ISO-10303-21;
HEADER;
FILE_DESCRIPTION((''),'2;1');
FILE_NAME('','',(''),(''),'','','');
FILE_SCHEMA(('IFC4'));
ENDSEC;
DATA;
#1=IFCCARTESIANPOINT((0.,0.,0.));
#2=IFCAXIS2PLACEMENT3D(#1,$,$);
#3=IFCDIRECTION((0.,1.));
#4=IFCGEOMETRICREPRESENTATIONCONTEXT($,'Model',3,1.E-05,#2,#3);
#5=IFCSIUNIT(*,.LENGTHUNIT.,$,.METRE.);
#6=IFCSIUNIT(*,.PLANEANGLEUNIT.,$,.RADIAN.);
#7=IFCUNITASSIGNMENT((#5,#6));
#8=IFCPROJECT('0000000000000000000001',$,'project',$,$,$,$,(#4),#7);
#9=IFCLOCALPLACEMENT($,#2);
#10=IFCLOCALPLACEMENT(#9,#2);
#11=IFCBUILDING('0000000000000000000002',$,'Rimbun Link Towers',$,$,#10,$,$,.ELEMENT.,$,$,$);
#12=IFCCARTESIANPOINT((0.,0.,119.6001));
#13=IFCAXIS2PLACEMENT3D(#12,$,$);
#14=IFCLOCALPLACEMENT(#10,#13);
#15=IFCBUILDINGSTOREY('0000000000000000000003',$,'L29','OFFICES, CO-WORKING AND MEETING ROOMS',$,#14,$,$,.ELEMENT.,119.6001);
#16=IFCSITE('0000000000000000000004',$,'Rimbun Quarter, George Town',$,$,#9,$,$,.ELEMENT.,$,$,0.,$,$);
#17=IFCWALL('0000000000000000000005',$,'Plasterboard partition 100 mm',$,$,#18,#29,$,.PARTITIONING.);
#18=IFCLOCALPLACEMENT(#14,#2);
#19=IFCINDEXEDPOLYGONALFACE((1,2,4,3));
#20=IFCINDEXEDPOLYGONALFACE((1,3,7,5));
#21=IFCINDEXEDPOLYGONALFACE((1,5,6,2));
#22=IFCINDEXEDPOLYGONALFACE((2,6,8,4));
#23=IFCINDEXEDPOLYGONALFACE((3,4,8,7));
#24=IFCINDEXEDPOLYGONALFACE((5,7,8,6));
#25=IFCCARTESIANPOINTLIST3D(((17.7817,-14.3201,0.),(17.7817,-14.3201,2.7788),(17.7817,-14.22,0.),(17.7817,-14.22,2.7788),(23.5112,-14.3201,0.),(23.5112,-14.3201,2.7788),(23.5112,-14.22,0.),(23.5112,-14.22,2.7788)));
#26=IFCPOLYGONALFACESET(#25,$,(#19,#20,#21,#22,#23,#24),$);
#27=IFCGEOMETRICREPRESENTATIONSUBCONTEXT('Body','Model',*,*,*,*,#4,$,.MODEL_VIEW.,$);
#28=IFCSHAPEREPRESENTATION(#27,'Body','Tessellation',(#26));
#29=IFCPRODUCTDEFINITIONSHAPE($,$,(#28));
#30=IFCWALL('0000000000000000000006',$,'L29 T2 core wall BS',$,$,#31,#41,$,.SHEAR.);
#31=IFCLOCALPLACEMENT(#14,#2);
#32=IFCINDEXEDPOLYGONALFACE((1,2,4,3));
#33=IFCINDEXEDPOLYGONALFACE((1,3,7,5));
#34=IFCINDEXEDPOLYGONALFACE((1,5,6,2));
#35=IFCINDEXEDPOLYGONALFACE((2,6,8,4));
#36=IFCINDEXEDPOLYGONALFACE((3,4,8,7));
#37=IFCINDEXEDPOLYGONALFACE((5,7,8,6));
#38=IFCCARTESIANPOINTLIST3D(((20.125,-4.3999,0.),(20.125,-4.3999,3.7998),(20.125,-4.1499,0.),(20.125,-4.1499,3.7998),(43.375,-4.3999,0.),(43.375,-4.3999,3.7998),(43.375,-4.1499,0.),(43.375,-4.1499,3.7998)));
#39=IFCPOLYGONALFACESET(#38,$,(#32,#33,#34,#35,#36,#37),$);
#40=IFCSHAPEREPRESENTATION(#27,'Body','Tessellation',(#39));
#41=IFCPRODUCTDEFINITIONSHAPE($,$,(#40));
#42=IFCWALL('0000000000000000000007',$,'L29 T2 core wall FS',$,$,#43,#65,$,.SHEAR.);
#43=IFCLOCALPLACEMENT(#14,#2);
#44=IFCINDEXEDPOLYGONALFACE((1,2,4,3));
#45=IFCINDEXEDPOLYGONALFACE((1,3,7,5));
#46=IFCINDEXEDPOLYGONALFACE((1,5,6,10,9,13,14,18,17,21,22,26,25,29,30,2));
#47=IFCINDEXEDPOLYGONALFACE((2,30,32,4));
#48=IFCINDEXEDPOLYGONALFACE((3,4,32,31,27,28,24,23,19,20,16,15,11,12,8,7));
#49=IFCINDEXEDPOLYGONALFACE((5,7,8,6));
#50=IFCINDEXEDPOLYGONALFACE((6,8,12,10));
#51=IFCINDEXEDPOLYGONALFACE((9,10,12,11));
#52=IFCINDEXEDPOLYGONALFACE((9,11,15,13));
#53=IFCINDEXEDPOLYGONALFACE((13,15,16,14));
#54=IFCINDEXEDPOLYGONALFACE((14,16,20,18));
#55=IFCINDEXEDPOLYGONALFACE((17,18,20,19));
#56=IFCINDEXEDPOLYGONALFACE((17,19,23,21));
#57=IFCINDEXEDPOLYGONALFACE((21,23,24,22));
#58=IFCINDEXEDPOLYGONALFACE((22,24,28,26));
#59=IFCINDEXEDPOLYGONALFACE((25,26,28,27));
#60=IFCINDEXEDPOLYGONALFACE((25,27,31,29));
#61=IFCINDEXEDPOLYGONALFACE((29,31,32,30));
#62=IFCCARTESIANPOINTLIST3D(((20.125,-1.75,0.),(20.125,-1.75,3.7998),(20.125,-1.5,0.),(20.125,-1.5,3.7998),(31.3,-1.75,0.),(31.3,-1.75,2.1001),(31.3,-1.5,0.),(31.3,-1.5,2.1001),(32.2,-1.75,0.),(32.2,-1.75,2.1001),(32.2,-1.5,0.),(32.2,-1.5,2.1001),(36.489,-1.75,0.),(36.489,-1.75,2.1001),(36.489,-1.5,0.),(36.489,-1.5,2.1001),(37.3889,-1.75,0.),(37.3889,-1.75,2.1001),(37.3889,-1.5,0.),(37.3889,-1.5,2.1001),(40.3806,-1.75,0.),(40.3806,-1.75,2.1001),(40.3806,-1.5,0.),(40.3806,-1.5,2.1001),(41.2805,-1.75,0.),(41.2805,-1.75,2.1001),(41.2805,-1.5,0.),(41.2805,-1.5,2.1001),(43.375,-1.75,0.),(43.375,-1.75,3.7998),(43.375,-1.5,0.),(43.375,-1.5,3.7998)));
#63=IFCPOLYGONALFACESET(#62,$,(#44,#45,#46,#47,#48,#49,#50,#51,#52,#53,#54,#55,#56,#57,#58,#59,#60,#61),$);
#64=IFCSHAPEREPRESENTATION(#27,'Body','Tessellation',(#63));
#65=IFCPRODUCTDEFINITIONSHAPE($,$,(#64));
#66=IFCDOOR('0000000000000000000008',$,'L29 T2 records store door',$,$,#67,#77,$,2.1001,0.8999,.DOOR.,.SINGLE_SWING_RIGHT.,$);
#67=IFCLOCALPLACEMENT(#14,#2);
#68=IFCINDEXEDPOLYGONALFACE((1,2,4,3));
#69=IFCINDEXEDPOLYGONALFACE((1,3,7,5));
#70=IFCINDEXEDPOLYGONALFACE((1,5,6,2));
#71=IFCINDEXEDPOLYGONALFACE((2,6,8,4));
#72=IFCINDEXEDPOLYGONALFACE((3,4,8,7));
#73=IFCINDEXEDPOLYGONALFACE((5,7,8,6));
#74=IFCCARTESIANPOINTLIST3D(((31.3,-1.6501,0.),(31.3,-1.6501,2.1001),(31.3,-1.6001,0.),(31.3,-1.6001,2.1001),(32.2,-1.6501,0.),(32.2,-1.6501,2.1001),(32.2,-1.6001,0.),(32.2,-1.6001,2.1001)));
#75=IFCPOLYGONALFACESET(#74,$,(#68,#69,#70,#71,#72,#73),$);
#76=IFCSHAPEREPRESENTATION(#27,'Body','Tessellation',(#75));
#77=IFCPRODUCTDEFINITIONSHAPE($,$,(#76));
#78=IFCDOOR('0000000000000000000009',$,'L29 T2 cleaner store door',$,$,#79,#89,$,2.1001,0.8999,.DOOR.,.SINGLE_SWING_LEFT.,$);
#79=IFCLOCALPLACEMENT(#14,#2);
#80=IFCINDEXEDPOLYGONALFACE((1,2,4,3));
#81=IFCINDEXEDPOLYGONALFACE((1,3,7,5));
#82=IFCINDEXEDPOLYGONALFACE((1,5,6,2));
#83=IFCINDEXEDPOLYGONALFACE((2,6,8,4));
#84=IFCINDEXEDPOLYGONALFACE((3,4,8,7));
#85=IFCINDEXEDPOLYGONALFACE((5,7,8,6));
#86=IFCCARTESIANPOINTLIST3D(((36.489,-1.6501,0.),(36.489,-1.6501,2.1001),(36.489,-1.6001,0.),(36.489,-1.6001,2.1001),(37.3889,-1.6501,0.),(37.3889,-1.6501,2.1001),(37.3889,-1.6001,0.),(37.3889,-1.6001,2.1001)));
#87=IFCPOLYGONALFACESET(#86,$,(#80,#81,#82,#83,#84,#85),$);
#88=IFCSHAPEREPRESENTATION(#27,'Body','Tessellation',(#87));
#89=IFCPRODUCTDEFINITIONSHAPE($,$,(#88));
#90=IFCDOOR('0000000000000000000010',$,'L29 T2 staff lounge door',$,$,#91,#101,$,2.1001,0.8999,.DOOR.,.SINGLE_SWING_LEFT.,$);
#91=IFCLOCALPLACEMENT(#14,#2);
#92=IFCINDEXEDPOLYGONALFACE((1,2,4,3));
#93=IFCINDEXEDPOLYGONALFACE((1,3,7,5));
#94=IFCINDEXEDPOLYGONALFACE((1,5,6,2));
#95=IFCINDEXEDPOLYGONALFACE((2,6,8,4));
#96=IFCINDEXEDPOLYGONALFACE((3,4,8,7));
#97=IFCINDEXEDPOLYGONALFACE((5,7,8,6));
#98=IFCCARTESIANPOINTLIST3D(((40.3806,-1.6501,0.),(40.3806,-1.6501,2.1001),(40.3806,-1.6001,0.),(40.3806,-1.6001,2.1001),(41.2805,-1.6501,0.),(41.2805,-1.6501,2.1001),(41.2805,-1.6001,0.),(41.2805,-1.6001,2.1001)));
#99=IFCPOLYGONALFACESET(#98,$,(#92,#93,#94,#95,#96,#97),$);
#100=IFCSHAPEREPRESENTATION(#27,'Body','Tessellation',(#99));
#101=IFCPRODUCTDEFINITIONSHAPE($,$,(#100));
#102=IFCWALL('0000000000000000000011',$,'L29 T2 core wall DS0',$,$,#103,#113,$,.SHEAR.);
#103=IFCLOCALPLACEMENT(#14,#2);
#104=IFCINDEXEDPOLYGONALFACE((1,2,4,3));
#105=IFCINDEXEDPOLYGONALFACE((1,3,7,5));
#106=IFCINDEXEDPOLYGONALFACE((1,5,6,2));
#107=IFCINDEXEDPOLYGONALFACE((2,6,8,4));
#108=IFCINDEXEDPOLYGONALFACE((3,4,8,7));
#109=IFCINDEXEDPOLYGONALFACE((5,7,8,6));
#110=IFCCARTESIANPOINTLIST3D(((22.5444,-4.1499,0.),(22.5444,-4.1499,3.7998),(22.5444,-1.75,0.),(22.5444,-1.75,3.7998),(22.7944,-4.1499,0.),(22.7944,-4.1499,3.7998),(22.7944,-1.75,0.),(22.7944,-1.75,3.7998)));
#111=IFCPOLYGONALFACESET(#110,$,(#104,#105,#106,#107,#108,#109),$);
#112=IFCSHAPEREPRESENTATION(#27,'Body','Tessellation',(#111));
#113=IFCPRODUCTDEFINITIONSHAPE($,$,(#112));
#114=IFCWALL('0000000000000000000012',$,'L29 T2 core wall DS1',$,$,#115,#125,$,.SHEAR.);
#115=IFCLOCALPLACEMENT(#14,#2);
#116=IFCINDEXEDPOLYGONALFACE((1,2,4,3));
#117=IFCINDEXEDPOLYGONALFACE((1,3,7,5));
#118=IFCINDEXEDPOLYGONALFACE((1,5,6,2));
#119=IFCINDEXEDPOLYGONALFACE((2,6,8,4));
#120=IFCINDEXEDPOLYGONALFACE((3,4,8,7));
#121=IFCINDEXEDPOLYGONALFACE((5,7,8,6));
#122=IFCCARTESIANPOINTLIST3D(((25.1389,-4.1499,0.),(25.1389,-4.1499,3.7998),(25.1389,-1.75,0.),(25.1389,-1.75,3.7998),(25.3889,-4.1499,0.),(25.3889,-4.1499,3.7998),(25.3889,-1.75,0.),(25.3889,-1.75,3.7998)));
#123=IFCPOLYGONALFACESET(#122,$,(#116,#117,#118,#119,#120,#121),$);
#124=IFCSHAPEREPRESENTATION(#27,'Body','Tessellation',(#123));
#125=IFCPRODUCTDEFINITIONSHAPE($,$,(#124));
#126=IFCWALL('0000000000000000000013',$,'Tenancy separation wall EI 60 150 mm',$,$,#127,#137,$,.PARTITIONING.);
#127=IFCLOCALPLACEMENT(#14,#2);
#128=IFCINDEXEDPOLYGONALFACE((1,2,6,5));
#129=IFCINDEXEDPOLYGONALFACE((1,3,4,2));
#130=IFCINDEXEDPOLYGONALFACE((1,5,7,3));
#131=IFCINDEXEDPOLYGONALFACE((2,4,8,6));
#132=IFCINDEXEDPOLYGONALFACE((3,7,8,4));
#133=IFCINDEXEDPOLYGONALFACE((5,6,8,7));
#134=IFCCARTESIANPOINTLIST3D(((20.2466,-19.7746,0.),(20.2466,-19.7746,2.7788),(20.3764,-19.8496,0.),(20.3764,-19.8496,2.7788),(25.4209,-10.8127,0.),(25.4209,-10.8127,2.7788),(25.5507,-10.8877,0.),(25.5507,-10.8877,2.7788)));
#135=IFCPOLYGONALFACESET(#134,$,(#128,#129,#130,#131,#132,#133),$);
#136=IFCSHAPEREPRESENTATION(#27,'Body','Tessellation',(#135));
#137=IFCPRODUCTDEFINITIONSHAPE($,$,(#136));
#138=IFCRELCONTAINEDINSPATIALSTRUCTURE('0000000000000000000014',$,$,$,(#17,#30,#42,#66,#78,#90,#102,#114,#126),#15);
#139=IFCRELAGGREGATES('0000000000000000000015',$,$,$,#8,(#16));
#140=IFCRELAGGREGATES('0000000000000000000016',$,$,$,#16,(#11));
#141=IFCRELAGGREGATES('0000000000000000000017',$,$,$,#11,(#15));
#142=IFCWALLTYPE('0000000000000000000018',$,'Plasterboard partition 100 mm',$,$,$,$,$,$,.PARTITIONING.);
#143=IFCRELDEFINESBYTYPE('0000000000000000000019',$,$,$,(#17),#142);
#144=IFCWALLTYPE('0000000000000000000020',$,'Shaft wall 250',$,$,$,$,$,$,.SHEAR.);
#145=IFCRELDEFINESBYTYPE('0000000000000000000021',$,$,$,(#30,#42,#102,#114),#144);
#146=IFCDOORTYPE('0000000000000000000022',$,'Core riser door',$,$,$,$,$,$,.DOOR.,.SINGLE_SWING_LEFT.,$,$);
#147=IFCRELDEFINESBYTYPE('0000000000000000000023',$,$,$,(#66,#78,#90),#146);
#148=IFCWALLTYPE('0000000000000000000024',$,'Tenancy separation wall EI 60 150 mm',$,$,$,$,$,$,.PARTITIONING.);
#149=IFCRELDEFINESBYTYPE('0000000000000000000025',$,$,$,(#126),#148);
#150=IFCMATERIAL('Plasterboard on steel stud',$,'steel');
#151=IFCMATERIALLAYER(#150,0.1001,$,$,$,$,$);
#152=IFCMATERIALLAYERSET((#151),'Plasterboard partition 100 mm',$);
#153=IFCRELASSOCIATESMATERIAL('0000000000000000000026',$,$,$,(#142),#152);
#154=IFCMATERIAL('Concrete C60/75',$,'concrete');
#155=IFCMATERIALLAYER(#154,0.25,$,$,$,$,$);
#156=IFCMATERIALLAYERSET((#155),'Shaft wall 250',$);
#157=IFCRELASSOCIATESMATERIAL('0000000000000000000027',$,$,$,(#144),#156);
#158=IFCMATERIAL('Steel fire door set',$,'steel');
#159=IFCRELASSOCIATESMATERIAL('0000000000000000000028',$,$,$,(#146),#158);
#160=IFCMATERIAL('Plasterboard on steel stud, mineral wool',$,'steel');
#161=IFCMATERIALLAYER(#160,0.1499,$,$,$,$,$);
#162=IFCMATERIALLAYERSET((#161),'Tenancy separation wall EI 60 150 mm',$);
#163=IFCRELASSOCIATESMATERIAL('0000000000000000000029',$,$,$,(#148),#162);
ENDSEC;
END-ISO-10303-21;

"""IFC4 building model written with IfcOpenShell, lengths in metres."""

from ifc_helpers import new_model, si_unit, direction, frame, frame_2d, origin, place, context, subcontext, project, spatial, rectangle, extrude, material, layer, layer_set, type_object, element, fill, save


model = new_model("IFC4")

# Units and contexts
model_context = context("Model", 3, precision=1e-05, world=origin(), true_north=direction((0.0, 1.0)))
body_context = subcontext(model_context, "Body", "Model", "MODEL_VIEW")
ifc_project = project(units=[si_unit("LENGTHUNIT", "METRE"), si_unit("PLANEANGLEUNIT", "RADIAN")], contexts=[model_context])

# Site, building, storey
site_placement = place(None, origin())
site = spatial("IfcSite", under=ifc_project, at=site_placement, Name="Rimbun Quarter, George Town", CompositionType="ELEMENT", RefElevation=0.0)
building_placement = place(site_placement, origin())
building = spatial("IfcBuilding", under=site, at=building_placement, Name="Rimbun Link Towers", CompositionType="ELEMENT")
storey_placement = place(building_placement, frame((0.0, 0.0, 119.6001)))
storey = spatial("IfcBuildingStorey", under=building, at=storey_placement, Name="L29", Description="OFFICES, CO-WORKING AND MEETING ROOMS", CompositionType="ELEMENT", Elevation=119.6001)

# Walls
ifc_material_1 = material(Name="Plasterboard on steel stud", Category="steel")
ifc_layer_1 = layer(ifc_material_1, 0.1001)
ifc_layer_set_1 = layer_set([ifc_layer_1], Name="Plasterboard partition 100 mm")
wall_type_1 = type_object("IfcWallType", Name="Plasterboard partition 100 mm", PredefinedType="PARTITIONING", material=ifc_layer_set_1)
wall_1_placement = place(storey_placement, frame((17.7817, -14.27, 0.0), z_axis=(0.0, 0.0, 1.0), x_axis=(1.0, 0.0, 0.0)))
element("IfcWall", 1, at=wall_1_placement, inside=storey, type_object=wall_type_1, Name="Plasterboard partition 100 mm", PredefinedType="PARTITIONING", context=body_context, shape_type="SweptSolid", body=[
    extrude(rectangle(XDim=5.7295, YDim=0.1001, at=frame_2d((2.8647, 0.0))), origin(), (0.0, 0.0, 1.0), 2.7788),
])
ifc_material_2 = material(Name="Concrete C60/75", Category="concrete")
ifc_layer_2 = layer(ifc_material_2, 0.25)
ifc_layer_set_2 = layer_set([ifc_layer_2], Name="Shaft wall 250")
wall_type_2 = type_object("IfcWallType", Name="Shaft wall 250", PredefinedType="SHEAR", material=ifc_layer_set_2)
wall_2_placement = place(storey_placement, frame((20.125, -4.2749, 0.0), z_axis=(0.0, 0.0, 1.0), x_axis=(1.0, 0.0, 0.0)))
element("IfcWall", 2, at=wall_2_placement, inside=storey, type_object=wall_type_2, Name="L29 T2 core wall BS", PredefinedType="SHEAR", context=body_context, shape_type="SweptSolid", body=[
    extrude(rectangle(XDim=23.25, YDim=0.25, at=frame_2d((11.625, 0.0))), origin(), (0.0, 0.0, 1.0), 3.7998),
])

# Wall, openings, doors
wall_3_placement = place(storey_placement, frame((20.125, -1.625, 0.0), z_axis=(0.0, 0.0, 1.0), x_axis=(1.0, 0.0, 0.0)))
wall_3 = element("IfcWall", 3, at=wall_3_placement, inside=storey, type_object=wall_type_2, Name="L29 T2 core wall FS", PredefinedType="SHEAR", context=body_context, shape_type="SweptSolid", body=[
    extrude(rectangle(XDim=23.25, YDim=0.25, at=frame_2d((11.625, 0.0))), origin(), (0.0, 0.0, 1.0), 3.7998),
])
opening_1_placement = place(wall_3_placement, frame((11.175, 0.0, 0.0)))
opening_1 = element("IfcOpeningElement", 4, at=opening_1_placement, cuts=wall_3, PredefinedType="OPENING", context=body_context, shape_type="SweptSolid", body=[
    extrude(rectangle(XDim=0.8999, YDim=2.1001, at=frame_2d((0.45, 1.05))), frame((0.0, 0.135, 0.0), z_axis=(0.0, -1.0, 0.0), x_axis=(1.0, 0.0, 0.0)), (0.0, 0.0, 1.0), 0.27),
])
opening_2_placement = place(wall_3_placement, frame((16.364, 0.0, 0.0)))
opening_2 = element("IfcOpeningElement", 5, at=opening_2_placement, cuts=wall_3, PredefinedType="OPENING", context=body_context, shape_type="SweptSolid", body=[
    extrude(rectangle(XDim=0.8999, YDim=2.1001, at=frame_2d((0.45, 1.05))), frame((0.0, 0.135, 0.0), z_axis=(0.0, -1.0, 0.0), x_axis=(1.0, 0.0, 0.0)), (0.0, 0.0, 1.0), 0.27),
])
opening_3_placement = place(wall_3_placement, frame((20.2556, 0.0, 0.0)))
opening_3 = element("IfcOpeningElement", 6, at=opening_3_placement, cuts=wall_3, PredefinedType="OPENING", context=body_context, shape_type="SweptSolid", body=[
    extrude(rectangle(XDim=0.8999, YDim=2.1001, at=frame_2d((0.45, 1.05))), frame((0.0, 0.135, 0.0), z_axis=(0.0, -1.0, 0.0), x_axis=(1.0, 0.0, 0.0)), (0.0, 0.0, 1.0), 0.27),
])
ifc_material_3 = material(Name="Steel fire door set", Category="steel")
door_type_1 = type_object("IfcDoorType", Name="Core riser door", OperationType="SINGLE_SWING_LEFT", PredefinedType="DOOR", material=ifc_material_3)
door_1_placement = place(opening_1_placement, origin())
door_1 = element("IfcDoor", 7, at=door_1_placement, inside=storey, type_object=door_type_1, Name="L29 T2 records store door", OperationType="SINGLE_SWING_RIGHT", OverallHeight=2.1001, OverallWidth=0.8999, PredefinedType="DOOR", context=body_context, shape_type="SweptSolid", body=[
    extrude(rectangle(XDim=0.8999, YDim=2.1001, at=frame_2d((0.45, 1.05))), frame((0.0, 0.0249, 0.0), z_axis=(0.0, -1.0, 0.0), x_axis=(1.0, 0.0, 0.0)), (0.0, 0.0, 1.0), 0.05),
])
fill(opening_1, door_1)
door_2_placement = place(opening_2_placement, origin())
door_2 = element("IfcDoor", 8, at=door_2_placement, inside=storey, type_object=door_type_1, Name="L29 T2 cleaner store door", OperationType="SINGLE_SWING_LEFT", OverallHeight=2.1001, OverallWidth=0.8999, PredefinedType="DOOR", context=body_context, shape_type="SweptSolid", body=[
    extrude(rectangle(XDim=0.8999, YDim=2.1001, at=frame_2d((0.45, 1.05))), frame((0.0, 0.0249, 0.0), z_axis=(0.0, -1.0, 0.0), x_axis=(1.0, 0.0, 0.0)), (0.0, 0.0, 1.0), 0.05),
])
fill(opening_2, door_2)
door_3_placement = place(opening_3_placement, origin())
door_3 = element("IfcDoor", 9, at=door_3_placement, inside=storey, type_object=door_type_1, Name="L29 T2 staff lounge door", OperationType="SINGLE_SWING_LEFT", OverallHeight=2.1001, OverallWidth=0.8999, PredefinedType="DOOR", context=body_context, shape_type="SweptSolid", body=[
    extrude(rectangle(XDim=0.8999, YDim=2.1001, at=frame_2d((0.45, 1.05))), frame((0.0, 0.0249, 0.0), z_axis=(0.0, -1.0, 0.0), x_axis=(1.0, 0.0, 0.0)), (0.0, 0.0, 1.0), 0.05),
])
fill(opening_3, door_3)

# Walls
for number, where, z_axis, x_axis, name in (
    (10, (22.6694, -4.1499, 0.0), (0.0, 0.0, 1.0), (0.0, 1.0, 0.0), "L29 T2 core wall DS0"),
    (11, (25.2639, -4.1499, 0.0), (0.0, 0.0, 1.0), (0.0, 1.0, 0.0), "L29 T2 core wall DS1"),
):
    element("IfcWall", number, at=place(storey_placement, frame(where, z_axis=z_axis, x_axis=x_axis)), inside=storey, type_object=wall_type_2, Name=name, PredefinedType="SHEAR", context=body_context, shape_type="SweptSolid", body=[
        extrude(rectangle(XDim=2.3999, YDim=0.25, at=frame_2d((1.2, 0.0))), origin(), (0.0, 0.0, 1.0), 3.7998),
    ])
ifc_material_4 = material(Name="Plasterboard on steel stud, mineral wool", Category="steel")
ifc_layer_3 = layer(ifc_material_4, 0.1499)
ifc_layer_set_3 = layer_set([ifc_layer_3], Name="Tenancy separation wall EI 60 150 mm")
wall_type_3 = type_object("IfcWallType", Name="Tenancy separation wall EI 60 150 mm", PredefinedType="PARTITIONING", material=ifc_layer_set_3)
wall_4_placement = place(storey_placement, frame((25.4858, -10.8501, 0.0), z_axis=(0.0, 0.0, 1.0), x_axis=(-0.500011, -0.866019, 0.0)))
element("IfcWall", 12, at=wall_4_placement, inside=storey, type_object=wall_type_3, Name="Tenancy separation wall EI 60 150 mm", PredefinedType="PARTITIONING", context=body_context, shape_type="SweptSolid", body=[
    extrude(rectangle(XDim=10.3484, YDim=0.1499, at=frame_2d((5.1743, 0.0))), origin(), (0.0, 0.0, 1.0), 2.7788),
])

save(model, "model.ifc")
